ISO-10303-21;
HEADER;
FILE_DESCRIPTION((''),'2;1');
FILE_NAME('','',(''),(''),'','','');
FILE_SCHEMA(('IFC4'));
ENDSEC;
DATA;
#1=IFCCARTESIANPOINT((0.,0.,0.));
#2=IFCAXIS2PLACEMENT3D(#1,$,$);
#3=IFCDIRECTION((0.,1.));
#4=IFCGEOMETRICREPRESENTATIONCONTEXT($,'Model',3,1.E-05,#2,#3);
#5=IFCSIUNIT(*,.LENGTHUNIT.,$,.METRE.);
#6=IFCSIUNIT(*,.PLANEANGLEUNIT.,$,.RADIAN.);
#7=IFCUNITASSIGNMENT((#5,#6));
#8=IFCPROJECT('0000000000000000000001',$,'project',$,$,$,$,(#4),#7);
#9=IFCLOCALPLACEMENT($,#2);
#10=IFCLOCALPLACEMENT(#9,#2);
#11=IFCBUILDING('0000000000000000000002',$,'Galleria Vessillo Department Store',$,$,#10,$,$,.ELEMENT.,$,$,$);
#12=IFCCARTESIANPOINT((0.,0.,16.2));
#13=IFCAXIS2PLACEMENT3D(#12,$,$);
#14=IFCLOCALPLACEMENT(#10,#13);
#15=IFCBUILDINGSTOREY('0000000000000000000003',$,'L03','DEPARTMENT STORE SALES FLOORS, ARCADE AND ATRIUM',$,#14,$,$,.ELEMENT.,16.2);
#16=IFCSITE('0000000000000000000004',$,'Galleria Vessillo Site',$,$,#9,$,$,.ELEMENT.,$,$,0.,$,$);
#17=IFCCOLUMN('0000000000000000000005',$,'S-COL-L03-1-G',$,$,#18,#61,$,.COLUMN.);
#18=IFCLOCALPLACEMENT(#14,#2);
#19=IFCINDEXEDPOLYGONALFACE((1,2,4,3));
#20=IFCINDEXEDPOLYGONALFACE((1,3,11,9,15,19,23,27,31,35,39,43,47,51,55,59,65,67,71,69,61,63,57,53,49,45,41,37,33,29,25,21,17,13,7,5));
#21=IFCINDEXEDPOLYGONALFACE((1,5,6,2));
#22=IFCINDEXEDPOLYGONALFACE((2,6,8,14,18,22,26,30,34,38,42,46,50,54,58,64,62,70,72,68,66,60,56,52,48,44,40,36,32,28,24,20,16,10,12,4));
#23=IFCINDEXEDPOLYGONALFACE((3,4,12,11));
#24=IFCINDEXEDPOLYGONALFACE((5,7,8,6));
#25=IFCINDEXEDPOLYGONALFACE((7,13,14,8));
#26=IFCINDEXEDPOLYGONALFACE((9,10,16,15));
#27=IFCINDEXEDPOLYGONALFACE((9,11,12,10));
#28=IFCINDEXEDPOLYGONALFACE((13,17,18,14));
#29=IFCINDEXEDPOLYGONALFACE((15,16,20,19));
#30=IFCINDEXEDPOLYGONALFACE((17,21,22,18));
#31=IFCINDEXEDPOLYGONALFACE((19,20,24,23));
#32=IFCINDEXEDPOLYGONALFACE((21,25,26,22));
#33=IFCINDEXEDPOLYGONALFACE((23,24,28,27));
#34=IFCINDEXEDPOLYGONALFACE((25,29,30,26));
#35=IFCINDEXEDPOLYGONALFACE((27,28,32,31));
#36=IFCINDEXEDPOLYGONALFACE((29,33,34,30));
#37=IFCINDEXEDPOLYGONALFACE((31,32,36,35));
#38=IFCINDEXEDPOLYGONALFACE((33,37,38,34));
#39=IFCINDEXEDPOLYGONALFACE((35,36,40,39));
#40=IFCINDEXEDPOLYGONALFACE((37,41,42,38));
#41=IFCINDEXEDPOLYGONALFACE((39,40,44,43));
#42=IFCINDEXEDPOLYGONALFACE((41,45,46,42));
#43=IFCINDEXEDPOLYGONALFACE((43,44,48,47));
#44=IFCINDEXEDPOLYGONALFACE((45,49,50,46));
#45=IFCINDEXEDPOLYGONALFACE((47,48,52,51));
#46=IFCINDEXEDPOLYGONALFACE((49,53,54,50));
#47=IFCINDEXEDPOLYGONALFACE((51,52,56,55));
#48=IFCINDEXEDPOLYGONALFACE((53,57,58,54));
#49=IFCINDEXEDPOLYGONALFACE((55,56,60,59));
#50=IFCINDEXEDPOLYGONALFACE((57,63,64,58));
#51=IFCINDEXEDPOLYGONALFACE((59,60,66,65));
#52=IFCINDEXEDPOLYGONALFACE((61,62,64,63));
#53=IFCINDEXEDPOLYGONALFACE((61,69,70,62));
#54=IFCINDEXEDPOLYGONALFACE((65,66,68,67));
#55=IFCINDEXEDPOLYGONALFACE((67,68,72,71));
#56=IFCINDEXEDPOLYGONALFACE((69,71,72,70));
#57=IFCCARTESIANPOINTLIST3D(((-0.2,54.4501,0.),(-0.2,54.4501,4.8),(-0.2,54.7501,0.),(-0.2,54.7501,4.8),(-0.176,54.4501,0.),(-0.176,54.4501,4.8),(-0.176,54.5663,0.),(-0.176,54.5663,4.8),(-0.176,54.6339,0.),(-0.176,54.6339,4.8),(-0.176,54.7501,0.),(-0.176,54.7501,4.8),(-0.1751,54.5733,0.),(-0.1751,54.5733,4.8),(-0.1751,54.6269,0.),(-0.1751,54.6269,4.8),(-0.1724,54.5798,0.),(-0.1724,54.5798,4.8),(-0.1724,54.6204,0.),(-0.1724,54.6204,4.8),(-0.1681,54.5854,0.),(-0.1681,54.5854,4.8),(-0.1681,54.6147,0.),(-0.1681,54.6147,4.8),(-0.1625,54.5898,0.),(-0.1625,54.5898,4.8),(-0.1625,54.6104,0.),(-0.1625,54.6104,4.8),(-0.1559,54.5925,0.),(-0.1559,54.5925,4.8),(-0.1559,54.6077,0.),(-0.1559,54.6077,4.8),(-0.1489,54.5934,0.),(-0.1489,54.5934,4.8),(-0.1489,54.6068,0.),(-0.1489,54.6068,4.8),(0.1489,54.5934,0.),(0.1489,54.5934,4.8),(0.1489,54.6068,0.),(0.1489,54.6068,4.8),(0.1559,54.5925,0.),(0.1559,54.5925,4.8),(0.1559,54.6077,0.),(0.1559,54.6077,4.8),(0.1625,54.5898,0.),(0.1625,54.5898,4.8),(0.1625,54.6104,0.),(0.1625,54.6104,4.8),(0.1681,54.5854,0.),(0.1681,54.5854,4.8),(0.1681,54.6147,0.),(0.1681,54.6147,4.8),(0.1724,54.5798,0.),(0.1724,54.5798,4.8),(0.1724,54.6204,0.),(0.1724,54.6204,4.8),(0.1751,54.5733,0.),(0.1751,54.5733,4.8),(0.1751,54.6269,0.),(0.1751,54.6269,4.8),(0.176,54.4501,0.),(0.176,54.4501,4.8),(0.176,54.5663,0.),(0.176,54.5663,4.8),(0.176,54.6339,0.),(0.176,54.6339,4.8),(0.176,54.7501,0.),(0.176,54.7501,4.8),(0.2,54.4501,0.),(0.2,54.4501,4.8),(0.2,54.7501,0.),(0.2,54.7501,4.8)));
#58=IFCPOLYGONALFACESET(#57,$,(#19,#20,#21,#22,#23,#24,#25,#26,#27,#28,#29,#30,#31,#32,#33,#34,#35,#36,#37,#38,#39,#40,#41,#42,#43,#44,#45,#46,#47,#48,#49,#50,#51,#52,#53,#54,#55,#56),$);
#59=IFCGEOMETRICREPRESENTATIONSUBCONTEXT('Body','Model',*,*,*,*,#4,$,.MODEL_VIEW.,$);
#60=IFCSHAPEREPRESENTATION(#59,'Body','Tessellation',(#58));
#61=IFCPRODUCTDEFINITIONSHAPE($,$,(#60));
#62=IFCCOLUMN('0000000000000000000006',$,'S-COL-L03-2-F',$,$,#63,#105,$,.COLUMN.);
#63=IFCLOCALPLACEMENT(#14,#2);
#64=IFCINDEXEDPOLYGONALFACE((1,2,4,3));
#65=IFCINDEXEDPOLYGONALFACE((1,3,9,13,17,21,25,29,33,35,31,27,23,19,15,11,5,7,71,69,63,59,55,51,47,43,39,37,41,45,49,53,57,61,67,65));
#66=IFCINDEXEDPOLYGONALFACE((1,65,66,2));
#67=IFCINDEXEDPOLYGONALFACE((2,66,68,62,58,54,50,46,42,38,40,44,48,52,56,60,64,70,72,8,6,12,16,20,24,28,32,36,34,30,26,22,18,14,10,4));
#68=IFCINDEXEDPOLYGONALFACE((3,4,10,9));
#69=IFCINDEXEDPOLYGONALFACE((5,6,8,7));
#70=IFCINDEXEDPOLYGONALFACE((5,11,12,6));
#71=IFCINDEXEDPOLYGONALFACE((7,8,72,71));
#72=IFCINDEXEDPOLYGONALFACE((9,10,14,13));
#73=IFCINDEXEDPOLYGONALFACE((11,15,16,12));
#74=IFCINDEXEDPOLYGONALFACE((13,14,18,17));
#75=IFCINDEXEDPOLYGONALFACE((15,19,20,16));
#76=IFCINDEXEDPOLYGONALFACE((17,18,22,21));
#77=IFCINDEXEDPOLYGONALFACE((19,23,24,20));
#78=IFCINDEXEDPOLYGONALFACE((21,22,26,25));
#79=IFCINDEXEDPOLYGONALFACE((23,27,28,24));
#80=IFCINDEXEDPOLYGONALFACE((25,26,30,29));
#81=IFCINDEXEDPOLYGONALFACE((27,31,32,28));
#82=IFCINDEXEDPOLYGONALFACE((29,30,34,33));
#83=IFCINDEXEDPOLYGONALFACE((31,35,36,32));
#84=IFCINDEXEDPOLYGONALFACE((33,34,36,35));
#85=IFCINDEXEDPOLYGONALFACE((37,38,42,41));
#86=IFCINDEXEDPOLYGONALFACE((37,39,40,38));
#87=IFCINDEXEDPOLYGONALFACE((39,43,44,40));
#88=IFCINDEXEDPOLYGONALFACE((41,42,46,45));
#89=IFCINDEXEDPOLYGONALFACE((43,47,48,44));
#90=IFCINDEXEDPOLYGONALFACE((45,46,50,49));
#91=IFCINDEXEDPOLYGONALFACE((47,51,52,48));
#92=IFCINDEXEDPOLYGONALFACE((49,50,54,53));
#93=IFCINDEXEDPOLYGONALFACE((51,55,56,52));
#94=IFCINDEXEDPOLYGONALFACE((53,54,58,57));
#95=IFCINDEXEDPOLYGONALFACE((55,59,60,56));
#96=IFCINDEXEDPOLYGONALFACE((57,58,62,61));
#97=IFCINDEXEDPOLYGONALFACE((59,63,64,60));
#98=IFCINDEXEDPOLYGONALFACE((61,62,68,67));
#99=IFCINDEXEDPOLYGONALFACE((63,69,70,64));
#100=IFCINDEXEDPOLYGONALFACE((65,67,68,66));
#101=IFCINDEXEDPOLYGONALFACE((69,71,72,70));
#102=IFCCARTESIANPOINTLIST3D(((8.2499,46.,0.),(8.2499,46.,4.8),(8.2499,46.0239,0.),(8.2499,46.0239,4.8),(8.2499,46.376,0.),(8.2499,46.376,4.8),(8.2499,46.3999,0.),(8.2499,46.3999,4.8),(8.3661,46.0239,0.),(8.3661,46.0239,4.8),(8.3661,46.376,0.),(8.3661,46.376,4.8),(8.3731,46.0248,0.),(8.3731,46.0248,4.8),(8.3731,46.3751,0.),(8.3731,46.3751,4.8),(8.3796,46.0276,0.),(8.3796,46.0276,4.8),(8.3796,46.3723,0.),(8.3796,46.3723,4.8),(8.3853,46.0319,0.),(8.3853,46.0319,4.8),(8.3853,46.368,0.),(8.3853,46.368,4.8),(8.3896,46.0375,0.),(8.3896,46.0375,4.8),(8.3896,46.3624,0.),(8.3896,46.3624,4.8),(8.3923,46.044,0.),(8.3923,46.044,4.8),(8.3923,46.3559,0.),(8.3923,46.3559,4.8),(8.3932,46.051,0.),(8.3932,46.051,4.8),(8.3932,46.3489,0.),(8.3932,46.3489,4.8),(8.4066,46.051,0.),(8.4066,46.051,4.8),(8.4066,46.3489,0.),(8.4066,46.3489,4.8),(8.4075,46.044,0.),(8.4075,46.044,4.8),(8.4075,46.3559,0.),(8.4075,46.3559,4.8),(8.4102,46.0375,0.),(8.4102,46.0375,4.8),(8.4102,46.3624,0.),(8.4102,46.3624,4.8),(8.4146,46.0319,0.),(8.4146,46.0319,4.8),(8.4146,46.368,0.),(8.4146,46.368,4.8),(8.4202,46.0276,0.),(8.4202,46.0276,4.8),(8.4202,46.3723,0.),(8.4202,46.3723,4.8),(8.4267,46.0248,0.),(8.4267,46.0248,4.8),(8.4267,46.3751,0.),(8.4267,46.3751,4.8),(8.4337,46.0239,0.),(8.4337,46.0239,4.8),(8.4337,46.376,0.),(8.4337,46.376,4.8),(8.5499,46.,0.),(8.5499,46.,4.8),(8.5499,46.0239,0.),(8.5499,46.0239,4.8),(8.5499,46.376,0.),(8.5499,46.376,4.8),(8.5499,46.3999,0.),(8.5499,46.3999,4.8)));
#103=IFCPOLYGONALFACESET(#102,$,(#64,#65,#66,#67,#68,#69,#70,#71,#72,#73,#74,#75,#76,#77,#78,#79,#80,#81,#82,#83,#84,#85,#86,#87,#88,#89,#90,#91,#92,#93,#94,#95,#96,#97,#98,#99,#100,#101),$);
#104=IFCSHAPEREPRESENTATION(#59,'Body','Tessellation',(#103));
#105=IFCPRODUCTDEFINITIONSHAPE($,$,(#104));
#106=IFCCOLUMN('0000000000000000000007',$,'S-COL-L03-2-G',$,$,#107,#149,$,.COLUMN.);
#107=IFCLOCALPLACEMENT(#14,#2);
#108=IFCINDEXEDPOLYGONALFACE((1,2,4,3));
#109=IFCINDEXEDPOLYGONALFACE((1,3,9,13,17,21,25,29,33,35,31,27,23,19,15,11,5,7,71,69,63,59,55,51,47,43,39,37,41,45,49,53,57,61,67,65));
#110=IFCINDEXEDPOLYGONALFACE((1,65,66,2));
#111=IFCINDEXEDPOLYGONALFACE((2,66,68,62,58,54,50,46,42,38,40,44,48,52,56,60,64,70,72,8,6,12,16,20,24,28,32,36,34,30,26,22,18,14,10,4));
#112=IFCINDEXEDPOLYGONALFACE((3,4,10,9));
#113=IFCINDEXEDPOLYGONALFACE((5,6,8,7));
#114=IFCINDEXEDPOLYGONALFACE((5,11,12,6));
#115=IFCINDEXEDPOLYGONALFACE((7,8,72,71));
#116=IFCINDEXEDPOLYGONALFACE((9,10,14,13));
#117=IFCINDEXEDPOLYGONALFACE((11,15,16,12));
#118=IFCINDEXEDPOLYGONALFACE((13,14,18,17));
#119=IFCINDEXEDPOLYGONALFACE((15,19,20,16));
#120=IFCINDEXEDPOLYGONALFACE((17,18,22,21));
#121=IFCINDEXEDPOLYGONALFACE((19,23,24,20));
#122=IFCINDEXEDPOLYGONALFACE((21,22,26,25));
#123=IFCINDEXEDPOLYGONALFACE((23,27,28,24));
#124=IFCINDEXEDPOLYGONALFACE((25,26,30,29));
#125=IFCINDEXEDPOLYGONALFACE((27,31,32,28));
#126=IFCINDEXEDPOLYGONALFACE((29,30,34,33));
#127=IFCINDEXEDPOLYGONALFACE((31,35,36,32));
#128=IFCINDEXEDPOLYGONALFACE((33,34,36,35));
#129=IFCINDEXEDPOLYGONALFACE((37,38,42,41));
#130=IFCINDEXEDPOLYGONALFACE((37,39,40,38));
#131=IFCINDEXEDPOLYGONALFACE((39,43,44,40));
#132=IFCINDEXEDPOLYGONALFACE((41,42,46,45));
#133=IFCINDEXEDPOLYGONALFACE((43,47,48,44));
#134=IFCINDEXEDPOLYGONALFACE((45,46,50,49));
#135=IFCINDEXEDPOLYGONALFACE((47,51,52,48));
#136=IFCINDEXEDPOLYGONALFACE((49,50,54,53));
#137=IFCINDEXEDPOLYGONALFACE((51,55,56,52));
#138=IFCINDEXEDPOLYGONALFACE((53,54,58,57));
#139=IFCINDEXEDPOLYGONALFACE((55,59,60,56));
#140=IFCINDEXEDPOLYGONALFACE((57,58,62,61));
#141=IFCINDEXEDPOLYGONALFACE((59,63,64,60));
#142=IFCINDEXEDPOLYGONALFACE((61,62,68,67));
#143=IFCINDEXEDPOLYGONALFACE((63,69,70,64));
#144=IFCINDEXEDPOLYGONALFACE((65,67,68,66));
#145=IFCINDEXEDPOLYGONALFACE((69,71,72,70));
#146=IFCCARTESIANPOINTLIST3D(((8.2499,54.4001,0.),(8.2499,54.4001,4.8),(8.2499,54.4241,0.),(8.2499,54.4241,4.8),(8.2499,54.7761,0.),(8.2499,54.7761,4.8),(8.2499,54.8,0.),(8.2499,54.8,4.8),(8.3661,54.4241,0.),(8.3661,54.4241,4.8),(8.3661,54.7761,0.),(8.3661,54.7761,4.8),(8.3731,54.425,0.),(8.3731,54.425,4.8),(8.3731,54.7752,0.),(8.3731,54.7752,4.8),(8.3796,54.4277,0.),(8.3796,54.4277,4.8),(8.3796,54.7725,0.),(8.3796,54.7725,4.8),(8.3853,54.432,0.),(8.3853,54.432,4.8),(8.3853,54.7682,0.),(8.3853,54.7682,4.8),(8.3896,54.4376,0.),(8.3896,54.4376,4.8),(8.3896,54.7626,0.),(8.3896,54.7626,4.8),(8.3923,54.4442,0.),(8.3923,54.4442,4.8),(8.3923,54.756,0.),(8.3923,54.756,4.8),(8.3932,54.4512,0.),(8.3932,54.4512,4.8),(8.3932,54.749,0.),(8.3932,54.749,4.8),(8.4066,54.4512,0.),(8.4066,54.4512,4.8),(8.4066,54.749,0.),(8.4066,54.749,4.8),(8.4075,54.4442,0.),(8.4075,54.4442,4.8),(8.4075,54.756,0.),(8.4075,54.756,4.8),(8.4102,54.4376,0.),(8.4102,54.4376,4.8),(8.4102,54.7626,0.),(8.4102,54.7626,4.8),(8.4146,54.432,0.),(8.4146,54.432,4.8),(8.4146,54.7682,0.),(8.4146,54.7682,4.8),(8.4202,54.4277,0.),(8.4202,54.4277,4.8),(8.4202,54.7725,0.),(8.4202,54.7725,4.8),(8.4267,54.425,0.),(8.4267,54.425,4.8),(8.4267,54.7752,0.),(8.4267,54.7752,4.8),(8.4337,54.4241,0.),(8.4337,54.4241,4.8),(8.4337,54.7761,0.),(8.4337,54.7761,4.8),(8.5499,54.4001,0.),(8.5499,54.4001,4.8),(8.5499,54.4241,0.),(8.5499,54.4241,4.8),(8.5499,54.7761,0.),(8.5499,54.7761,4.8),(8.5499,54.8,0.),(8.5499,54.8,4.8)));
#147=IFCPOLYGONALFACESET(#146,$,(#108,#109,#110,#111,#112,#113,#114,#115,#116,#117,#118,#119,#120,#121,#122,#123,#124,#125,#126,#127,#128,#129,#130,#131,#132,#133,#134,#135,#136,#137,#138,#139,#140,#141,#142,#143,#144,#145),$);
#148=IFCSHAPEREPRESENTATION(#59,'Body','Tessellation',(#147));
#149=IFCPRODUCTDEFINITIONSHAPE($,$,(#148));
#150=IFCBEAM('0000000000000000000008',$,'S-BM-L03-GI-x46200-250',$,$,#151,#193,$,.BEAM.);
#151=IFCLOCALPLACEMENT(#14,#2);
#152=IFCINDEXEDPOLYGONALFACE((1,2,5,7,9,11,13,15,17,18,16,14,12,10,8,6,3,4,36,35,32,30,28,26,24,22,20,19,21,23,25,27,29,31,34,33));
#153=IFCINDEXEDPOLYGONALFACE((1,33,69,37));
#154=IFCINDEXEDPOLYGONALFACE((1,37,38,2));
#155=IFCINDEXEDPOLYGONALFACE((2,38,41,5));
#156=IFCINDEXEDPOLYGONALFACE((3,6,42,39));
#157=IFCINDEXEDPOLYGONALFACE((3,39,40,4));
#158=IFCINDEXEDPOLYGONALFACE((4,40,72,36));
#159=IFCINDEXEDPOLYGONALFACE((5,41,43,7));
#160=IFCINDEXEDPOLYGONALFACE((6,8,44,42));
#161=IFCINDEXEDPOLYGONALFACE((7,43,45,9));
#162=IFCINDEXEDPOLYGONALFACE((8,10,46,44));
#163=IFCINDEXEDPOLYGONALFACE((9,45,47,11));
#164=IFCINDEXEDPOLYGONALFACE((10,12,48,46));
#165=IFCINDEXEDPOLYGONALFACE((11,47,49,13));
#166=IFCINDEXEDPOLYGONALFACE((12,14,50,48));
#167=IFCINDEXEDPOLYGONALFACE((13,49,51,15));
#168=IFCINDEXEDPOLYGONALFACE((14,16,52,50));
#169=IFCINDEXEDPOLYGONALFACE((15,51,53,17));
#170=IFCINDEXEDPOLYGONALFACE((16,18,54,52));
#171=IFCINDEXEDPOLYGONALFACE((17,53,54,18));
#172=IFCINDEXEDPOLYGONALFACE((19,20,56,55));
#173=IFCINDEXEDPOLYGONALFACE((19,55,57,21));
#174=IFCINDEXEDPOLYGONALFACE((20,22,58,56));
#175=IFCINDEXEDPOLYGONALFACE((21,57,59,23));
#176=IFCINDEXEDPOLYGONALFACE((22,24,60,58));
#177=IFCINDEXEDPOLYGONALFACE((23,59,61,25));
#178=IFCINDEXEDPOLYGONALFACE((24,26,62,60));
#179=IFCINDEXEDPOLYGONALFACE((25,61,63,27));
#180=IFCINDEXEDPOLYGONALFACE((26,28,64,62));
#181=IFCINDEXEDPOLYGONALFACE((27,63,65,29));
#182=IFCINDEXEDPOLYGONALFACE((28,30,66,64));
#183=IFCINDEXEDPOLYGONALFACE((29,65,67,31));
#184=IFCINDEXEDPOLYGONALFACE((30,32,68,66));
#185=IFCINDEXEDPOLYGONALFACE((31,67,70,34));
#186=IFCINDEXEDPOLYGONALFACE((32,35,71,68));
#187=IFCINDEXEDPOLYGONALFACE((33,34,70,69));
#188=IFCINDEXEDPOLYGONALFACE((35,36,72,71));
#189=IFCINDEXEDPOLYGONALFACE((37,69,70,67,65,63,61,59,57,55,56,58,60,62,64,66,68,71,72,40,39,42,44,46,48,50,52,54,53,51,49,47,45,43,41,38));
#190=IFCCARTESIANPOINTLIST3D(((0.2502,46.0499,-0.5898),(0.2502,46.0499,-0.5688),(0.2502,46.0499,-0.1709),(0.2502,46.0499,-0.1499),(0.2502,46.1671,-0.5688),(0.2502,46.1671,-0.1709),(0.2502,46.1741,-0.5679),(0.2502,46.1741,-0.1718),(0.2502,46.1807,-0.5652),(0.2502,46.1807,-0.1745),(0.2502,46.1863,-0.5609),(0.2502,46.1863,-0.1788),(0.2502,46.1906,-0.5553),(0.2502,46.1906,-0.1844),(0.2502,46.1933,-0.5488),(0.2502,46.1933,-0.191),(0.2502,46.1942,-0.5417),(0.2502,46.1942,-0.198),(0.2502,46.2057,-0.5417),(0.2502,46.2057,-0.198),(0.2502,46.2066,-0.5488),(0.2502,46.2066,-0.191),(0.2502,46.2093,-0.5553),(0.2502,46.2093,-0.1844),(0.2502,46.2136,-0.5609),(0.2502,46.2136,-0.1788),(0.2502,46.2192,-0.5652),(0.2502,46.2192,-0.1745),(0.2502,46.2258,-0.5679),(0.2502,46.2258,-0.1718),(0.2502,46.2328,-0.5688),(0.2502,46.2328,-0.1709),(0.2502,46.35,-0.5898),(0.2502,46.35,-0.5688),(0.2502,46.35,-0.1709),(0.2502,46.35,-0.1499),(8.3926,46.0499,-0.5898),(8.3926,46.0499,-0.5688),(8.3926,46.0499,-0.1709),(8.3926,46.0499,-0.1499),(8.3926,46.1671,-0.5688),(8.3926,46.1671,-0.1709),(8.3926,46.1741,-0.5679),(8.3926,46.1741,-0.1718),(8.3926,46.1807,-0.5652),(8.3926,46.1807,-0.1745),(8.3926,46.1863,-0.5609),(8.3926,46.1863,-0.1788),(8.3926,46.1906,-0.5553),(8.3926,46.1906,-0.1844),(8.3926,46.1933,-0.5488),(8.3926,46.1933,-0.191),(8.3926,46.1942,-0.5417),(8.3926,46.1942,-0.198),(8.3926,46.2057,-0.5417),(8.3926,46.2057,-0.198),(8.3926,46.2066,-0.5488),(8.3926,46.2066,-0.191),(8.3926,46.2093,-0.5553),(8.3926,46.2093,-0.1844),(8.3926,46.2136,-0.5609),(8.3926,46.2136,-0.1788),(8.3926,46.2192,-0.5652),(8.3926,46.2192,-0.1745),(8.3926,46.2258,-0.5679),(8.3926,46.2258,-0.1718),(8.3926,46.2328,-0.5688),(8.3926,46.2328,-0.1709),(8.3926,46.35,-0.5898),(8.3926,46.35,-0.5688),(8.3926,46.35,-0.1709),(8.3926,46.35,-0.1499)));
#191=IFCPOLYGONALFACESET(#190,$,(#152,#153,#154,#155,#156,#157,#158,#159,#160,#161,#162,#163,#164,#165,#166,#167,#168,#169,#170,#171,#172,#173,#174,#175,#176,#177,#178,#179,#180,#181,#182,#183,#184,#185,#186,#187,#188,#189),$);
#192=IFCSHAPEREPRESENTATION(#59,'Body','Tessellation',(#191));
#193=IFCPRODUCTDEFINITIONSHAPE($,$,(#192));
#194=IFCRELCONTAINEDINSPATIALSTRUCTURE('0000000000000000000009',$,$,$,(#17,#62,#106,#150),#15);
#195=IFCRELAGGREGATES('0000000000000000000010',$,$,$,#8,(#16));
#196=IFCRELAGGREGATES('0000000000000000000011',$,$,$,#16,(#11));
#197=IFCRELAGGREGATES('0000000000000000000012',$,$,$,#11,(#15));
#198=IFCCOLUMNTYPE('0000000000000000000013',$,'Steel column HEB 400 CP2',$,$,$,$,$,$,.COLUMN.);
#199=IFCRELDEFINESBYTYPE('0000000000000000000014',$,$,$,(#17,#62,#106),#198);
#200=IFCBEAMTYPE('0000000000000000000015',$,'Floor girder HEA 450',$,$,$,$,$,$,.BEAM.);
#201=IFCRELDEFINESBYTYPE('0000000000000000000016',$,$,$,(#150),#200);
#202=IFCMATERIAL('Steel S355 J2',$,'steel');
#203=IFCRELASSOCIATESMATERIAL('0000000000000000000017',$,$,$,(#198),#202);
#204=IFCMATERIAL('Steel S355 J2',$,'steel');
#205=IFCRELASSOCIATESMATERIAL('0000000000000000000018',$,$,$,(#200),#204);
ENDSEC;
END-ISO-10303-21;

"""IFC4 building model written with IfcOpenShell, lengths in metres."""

from ifc_helpers import new_model, si_unit, direction, frame, origin, origin_2d, place, context, subcontext, project, spatial, i_section, extrude, material, material_profile, profile_set, type_object, element, save


model = new_model("IFC4")

# Units and contexts
model_context = context("Model", 3, precision=1e-05, world=origin(), true_north=direction((0.0, 1.0)))
body_context = subcontext(model_context, "Body", "Model", "MODEL_VIEW")
ifc_project = project(units=[si_unit("LENGTHUNIT", "METRE"), si_unit("PLANEANGLEUNIT", "RADIAN")], contexts=[model_context])

# Site, building, storey
site_placement = place(None, origin())
site = spatial("IfcSite", under=ifc_project, at=site_placement, Name="Galleria Vessillo Site", CompositionType="ELEMENT", RefElevation=0.0)
building_placement = place(site_placement, origin())
building = spatial("IfcBuilding", under=site, at=building_placement, Name="Galleria Vessillo Department Store", CompositionType="ELEMENT")
storey_placement = place(building_placement, frame((0.0, 0.0, 16.2)))
storey = spatial("IfcBuildingStorey", under=building, at=storey_placement, Name="L03", Description="DEPARTMENT STORE SALES FLOORS, ARCADE AND ATRIUM", CompositionType="ELEMENT", Elevation=16.2)

# Columns
ifc_material_1 = material(Name="Steel S355 J2", Category="steel")
ifc_material_profile_1 = material_profile(ifc_material_1, i_section(OverallWidth=0.3, OverallDepth=0.3999, WebThickness=0.0134, FlangeThickness=0.0239, FilletRadius=0.0271, at=origin_2d()), Name="HEB 400")
ifc_profile_set_1 = profile_set([ifc_material_profile_1], Name="Steel S355 J2")
column_type = type_object("IfcColumnType", Name="Steel column HEB 400 CP2", PredefinedType="COLUMN", material=ifc_profile_set_1)
for number, where, z_axis, x_axis, name in (
    (1, (0.0, 54.6001, 0.0), (0.0, 0.0, 1.0), (0.0, 1.0, 0.0), "S-COL-L03-1-G"),
    (2, (8.3999, 46.2, 0.0), (0.0, 0.0, 1.0), (1.0, 0.0, 0.0), "S-COL-L03-2-F"),
    (3, (8.3999, 54.6001, 0.0), (0.0, 0.0, 1.0), (1.0, 0.0, 0.0), "S-COL-L03-2-G"),
):
    element("IfcColumn", number, at=place(storey_placement, frame(where, z_axis=z_axis, x_axis=x_axis)), inside=storey, type_object=column_type, Name=name, PredefinedType="COLUMN", context=body_context, shape_type="SweptSolid", body=[
        extrude(i_section(OverallWidth=0.3, OverallDepth=0.3999, WebThickness=0.0134, FlangeThickness=0.0239, FilletRadius=0.0271, at=origin_2d()), origin(), (0.0, 0.0, 1.0), 4.8),
    ])

# Beam
ifc_material_2 = material(Name="Steel S355 J2", Category="steel")
ifc_material_profile_2 = material_profile(ifc_material_2, i_section(OverallWidth=0.3, OverallDepth=0.4399, WebThickness=0.0115, FlangeThickness=0.021, FilletRadius=0.0271, at=origin_2d()), Name="HEA 450")
ifc_profile_set_2 = profile_set([ifc_material_profile_2], Name="Steel S355 J2")
beam_type_1 = type_object("IfcBeamType", Name="Floor girder HEA 450", PredefinedType="BEAM", material=ifc_profile_set_2)
for number, where, z_axis, x_axis, name in (
    (4, (0.2502, 46.2, -0.3699), (1.0, 0.0, 0.0), (0.0, 1.0, 0.0), "S-BM-L03-GI-x46200-250"),
):
    element("IfcBeam", number, at=place(storey_placement, frame(where, z_axis=z_axis, x_axis=x_axis)), inside=storey, type_object=beam_type_1, Name=name, PredefinedType="BEAM", context=body_context, shape_type="SweptSolid", body=[
        extrude(i_section(OverallWidth=0.3, OverallDepth=0.4399, WebThickness=0.0115, FlangeThickness=0.021, FilletRadius=0.0271, at=origin_2d()), origin(), (0.0, 0.0, 1.0), 8.1423),
    ])

save(model, "model.ifc")
